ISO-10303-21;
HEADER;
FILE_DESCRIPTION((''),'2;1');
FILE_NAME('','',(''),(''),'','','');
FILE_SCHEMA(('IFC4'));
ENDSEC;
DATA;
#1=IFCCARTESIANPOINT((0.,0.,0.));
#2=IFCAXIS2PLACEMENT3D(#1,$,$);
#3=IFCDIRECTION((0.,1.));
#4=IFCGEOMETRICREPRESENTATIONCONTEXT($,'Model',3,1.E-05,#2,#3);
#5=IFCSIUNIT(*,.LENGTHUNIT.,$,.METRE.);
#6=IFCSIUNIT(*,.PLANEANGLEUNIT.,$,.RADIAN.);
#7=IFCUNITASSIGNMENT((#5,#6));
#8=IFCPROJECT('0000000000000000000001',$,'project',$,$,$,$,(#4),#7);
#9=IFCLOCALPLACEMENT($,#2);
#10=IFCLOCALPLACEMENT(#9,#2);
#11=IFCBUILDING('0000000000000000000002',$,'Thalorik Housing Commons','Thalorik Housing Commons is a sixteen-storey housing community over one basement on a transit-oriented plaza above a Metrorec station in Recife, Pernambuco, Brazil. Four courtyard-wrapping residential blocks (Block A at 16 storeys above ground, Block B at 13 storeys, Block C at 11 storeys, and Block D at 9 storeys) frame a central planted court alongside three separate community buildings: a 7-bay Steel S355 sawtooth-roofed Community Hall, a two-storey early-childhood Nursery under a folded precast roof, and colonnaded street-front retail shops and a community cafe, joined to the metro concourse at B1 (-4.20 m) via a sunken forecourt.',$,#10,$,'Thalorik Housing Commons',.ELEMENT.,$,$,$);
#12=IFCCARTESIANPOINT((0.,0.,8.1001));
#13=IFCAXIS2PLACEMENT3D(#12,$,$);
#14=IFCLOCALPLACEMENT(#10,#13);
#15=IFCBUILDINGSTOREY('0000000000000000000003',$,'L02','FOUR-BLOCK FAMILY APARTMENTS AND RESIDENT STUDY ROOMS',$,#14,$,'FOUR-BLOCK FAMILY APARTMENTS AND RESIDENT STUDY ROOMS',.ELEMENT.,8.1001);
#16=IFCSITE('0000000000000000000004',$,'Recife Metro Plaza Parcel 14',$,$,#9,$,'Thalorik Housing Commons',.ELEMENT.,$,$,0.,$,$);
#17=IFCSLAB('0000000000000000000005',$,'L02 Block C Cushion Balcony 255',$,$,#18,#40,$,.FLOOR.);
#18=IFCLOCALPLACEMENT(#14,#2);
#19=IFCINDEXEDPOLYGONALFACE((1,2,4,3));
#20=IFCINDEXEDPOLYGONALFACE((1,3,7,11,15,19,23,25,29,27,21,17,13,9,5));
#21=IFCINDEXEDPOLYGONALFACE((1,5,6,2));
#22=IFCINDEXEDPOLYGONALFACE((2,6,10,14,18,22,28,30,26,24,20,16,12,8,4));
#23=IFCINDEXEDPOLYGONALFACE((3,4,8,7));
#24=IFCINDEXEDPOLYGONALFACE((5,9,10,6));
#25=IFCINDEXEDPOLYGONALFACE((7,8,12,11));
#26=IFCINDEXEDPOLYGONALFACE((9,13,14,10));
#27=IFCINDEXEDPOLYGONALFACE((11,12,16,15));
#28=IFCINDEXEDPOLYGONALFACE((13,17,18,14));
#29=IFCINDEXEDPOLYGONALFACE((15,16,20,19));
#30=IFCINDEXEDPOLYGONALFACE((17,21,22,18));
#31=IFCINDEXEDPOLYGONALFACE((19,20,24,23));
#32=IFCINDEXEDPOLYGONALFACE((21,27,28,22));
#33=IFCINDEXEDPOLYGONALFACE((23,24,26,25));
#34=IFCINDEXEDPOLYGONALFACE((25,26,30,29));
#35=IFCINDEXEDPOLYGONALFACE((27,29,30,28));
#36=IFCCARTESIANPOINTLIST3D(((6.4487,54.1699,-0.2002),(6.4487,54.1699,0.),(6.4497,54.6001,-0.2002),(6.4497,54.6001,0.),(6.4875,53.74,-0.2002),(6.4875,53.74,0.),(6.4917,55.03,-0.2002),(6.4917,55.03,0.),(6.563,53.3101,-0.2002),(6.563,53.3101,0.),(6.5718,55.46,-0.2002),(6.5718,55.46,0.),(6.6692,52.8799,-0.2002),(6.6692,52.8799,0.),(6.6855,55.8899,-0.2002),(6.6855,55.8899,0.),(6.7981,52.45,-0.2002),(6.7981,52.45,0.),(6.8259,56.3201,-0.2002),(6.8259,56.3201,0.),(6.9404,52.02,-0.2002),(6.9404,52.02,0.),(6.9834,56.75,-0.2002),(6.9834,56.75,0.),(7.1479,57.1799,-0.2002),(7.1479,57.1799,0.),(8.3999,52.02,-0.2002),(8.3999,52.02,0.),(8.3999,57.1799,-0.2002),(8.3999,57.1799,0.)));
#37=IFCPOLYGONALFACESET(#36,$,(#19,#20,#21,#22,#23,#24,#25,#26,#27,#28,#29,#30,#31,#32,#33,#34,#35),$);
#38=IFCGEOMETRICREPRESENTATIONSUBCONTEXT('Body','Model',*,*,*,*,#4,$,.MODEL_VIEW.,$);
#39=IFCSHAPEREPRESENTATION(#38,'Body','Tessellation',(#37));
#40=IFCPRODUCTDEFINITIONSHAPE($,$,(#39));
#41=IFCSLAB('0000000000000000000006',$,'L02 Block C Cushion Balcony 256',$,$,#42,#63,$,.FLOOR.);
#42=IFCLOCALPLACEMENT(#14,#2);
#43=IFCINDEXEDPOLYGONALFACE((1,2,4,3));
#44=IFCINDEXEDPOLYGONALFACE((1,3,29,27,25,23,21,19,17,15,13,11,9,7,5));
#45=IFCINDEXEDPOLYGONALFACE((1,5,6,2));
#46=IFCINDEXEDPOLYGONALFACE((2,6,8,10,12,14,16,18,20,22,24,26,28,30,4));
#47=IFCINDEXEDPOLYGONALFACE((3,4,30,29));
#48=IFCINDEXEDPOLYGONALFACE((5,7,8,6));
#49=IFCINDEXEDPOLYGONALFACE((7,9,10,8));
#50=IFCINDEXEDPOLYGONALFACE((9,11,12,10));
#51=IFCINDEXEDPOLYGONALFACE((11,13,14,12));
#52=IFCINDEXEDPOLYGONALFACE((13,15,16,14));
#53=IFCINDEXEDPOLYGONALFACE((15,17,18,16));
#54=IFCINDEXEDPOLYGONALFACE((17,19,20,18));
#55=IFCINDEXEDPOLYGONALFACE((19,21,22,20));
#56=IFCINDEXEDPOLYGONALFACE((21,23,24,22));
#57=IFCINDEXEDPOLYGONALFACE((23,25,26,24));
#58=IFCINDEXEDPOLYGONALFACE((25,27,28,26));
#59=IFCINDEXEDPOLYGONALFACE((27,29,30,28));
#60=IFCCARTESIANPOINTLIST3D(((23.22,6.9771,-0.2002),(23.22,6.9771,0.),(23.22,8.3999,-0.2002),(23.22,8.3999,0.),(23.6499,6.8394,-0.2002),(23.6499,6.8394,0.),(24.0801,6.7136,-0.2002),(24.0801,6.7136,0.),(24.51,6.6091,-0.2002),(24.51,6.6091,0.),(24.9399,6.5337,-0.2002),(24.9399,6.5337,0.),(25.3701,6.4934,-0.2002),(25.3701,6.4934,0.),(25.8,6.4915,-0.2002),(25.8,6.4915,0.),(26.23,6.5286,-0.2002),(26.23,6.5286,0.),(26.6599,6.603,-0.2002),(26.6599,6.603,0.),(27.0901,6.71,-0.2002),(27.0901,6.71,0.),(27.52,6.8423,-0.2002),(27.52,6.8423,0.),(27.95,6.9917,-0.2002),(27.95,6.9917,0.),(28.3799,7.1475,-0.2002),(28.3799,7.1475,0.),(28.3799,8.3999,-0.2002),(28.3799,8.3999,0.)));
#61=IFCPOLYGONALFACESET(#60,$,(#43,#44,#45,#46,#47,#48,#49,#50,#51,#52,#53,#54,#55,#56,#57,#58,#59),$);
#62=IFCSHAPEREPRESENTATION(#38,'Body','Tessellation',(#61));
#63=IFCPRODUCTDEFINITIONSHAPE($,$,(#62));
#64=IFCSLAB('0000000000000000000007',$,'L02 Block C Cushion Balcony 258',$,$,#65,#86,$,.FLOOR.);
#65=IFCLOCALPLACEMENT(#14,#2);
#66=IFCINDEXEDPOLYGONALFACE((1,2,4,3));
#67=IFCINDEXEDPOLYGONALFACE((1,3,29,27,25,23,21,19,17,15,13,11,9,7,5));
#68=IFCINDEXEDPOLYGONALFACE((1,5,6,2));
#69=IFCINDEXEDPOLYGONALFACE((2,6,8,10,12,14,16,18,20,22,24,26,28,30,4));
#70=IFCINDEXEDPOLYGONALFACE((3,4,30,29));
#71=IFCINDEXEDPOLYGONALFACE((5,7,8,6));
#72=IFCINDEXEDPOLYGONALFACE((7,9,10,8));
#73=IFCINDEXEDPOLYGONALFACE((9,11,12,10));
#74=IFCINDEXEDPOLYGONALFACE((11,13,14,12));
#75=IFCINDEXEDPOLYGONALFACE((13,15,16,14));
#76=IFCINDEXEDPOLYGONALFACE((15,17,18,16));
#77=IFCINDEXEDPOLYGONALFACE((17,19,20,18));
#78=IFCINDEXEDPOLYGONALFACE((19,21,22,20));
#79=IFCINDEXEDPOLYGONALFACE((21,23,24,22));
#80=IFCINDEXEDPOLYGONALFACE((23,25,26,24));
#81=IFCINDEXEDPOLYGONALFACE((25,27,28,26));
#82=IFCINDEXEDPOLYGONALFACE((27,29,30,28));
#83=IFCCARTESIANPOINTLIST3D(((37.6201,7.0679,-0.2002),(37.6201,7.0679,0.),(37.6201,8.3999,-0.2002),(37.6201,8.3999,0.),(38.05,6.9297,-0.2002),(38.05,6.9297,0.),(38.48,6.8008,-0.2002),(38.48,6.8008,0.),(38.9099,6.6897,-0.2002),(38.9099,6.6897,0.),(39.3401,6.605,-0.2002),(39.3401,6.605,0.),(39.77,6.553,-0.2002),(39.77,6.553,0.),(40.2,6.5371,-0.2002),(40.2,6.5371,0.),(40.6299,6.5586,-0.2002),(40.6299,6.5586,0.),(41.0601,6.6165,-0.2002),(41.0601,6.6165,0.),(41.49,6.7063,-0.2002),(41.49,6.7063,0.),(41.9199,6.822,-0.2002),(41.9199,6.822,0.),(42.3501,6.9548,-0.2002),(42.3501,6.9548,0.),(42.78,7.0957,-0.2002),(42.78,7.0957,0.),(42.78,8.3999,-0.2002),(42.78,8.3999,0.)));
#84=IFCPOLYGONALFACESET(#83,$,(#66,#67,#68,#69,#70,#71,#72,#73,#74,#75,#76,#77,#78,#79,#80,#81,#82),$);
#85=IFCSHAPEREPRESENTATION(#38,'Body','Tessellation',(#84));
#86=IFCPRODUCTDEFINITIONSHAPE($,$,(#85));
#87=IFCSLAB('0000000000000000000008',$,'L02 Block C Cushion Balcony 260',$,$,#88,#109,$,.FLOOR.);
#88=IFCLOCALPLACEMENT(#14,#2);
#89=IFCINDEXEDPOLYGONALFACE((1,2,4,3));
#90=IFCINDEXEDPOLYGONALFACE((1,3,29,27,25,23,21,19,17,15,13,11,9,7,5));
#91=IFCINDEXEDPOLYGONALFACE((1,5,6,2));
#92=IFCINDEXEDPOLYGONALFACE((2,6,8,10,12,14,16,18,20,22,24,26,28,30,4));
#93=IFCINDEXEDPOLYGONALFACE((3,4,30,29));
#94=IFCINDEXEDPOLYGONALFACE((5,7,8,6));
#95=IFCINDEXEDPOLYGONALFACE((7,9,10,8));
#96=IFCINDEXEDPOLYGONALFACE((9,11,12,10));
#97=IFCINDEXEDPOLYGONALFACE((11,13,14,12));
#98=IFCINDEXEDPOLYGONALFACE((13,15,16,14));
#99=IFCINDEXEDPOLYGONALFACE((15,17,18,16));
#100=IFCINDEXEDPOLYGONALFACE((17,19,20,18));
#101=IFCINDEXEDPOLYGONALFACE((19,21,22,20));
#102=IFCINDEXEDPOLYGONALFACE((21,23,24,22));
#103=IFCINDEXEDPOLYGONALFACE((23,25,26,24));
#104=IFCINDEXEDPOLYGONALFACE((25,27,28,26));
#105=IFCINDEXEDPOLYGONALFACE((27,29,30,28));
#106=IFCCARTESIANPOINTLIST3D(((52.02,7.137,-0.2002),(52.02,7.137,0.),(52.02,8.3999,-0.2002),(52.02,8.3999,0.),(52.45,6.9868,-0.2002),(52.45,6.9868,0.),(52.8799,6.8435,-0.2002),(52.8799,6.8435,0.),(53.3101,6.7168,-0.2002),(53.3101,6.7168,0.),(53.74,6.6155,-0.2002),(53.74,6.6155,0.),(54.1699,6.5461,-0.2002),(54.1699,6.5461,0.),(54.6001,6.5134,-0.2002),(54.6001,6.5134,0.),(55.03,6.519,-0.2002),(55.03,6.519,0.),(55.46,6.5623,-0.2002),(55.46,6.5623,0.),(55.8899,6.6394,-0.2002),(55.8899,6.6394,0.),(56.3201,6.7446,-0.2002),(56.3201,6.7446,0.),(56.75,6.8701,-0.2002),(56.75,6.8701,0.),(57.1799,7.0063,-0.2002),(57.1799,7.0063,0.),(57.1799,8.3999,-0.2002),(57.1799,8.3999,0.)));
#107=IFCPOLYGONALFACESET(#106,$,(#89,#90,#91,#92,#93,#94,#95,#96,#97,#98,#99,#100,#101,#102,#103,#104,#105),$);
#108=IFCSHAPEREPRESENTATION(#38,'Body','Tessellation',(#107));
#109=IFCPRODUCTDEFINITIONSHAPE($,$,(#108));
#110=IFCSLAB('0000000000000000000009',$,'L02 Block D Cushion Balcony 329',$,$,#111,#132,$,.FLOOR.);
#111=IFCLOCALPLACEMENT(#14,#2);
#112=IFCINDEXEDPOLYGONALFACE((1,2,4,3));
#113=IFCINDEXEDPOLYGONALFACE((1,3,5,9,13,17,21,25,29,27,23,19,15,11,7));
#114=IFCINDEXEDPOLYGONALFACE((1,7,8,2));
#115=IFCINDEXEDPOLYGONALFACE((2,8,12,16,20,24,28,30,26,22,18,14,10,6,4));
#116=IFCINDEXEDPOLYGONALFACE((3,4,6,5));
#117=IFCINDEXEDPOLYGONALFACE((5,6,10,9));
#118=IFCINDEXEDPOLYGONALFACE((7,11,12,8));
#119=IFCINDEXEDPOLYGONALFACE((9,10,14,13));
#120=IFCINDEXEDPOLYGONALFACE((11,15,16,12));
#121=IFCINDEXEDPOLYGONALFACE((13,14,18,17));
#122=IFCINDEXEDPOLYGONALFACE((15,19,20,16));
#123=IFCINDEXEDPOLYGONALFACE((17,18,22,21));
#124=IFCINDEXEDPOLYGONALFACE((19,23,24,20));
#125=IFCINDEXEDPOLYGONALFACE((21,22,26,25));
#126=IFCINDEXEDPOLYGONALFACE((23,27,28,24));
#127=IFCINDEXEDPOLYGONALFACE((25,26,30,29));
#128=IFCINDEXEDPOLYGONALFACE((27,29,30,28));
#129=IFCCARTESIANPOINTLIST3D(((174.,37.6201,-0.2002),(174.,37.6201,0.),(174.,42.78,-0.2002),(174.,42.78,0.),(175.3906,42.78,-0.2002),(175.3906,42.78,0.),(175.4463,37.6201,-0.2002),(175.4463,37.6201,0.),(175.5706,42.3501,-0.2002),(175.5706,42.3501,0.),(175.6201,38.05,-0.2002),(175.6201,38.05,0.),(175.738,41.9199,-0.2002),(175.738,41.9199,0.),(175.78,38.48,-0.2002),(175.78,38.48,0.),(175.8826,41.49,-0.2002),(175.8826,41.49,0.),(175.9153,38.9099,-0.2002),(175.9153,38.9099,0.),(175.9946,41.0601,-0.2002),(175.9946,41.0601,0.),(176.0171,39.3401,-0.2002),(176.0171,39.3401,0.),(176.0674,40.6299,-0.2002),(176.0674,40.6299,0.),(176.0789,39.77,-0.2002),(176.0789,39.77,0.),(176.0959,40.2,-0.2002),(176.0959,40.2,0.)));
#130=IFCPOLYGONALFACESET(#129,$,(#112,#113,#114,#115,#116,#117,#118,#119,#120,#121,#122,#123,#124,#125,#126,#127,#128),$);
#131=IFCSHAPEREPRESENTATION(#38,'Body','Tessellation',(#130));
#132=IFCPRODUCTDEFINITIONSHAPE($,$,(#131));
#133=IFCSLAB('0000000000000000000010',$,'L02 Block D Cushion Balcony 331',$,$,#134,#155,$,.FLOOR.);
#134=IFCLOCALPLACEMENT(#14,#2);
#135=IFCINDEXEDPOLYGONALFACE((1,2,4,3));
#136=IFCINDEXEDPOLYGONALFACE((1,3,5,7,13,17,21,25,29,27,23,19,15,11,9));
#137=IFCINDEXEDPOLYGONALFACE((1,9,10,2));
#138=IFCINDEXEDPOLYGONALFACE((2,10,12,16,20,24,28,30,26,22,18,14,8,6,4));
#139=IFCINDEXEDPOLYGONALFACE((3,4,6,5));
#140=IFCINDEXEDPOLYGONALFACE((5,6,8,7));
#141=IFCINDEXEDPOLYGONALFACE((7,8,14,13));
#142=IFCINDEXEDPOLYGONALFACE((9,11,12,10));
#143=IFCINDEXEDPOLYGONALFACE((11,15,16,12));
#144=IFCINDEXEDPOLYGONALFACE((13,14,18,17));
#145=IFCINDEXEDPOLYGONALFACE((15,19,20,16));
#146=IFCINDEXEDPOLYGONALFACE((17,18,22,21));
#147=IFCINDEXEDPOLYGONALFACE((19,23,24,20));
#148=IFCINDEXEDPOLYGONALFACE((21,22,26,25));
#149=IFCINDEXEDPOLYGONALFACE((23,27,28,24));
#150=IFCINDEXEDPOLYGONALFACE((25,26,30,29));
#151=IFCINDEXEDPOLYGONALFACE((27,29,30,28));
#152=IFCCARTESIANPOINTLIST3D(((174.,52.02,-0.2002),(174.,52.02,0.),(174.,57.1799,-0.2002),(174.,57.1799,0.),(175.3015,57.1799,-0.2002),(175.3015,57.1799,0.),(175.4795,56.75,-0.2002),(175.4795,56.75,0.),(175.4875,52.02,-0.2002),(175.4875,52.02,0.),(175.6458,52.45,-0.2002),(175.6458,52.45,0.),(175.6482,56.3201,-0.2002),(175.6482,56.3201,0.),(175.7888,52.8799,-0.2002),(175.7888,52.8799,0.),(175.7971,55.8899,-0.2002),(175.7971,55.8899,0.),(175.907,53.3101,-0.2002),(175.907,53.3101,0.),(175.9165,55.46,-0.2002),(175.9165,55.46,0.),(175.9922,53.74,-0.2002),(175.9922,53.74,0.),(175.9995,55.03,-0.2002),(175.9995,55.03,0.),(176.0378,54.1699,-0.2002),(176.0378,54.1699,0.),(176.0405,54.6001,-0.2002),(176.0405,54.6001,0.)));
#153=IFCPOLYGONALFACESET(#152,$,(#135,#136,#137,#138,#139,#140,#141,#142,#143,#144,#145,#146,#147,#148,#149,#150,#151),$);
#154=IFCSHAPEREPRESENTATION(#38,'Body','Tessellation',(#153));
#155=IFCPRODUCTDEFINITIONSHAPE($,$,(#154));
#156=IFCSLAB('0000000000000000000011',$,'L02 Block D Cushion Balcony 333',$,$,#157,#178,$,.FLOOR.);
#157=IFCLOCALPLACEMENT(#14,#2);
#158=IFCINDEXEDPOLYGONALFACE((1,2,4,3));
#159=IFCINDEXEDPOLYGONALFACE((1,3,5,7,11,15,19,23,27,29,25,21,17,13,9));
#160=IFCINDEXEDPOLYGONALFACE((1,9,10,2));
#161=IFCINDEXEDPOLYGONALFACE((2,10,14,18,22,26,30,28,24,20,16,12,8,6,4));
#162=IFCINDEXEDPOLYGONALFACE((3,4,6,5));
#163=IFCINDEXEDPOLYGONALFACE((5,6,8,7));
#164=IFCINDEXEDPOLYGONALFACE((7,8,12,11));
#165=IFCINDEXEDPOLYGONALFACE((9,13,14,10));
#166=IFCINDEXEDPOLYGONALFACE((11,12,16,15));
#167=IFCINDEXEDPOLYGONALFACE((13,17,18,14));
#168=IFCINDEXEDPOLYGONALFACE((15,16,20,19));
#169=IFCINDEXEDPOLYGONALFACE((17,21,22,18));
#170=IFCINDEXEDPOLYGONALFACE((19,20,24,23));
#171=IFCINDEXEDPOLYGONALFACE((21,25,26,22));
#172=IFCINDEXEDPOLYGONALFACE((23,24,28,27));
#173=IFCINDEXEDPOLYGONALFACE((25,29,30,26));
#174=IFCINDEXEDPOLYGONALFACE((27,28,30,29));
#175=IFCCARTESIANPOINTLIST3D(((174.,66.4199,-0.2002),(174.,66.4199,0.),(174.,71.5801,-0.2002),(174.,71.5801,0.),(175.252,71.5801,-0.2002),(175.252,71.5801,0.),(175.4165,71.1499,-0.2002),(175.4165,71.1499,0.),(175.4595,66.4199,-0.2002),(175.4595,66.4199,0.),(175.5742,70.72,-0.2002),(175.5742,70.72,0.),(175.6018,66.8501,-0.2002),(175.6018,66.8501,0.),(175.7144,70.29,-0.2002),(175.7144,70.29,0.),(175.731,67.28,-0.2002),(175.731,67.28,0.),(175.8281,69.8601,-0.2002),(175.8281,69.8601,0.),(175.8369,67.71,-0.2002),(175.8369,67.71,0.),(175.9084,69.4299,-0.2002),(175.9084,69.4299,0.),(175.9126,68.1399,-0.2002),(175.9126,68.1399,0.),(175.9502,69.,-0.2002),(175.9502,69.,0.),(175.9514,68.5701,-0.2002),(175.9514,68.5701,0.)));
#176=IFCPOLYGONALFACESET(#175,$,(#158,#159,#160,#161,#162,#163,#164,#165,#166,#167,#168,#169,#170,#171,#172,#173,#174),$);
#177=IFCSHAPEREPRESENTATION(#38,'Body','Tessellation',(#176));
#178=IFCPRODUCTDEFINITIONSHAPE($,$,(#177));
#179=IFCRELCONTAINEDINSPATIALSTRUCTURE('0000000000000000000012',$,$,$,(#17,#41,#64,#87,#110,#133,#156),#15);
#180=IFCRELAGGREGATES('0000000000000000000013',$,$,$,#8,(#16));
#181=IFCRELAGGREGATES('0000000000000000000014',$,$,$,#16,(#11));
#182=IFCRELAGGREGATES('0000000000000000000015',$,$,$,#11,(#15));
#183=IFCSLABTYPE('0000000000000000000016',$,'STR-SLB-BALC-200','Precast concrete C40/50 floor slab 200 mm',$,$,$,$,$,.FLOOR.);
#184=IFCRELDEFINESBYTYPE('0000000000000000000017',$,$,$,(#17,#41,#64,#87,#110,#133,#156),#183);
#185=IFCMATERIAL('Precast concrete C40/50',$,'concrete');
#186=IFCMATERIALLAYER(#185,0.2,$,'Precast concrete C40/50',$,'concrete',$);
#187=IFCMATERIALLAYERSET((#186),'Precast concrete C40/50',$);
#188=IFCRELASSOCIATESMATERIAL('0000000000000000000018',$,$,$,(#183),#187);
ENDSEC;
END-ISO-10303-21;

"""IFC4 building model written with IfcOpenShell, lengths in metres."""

from ifc_helpers import new_model, si_unit, direction, frame, origin, place, context, subcontext, project, spatial, polyline, outline, extrude, material, layer, layer_set, type_object, element, save


model = new_model("IFC4")

# Units and contexts
model_context = context("Model", 3, precision=1e-05, world=origin(), true_north=direction((0.0, 1.0)))
body_context = subcontext(model_context, "Body", "Model", "MODEL_VIEW")
ifc_project = project(units=[si_unit("LENGTHUNIT", "METRE"), si_unit("PLANEANGLEUNIT", "RADIAN")], contexts=[model_context])

# Site, building, storey
site_placement = place(None, origin())
site = spatial("IfcSite", under=ifc_project, at=site_placement, Name="Recife Metro Plaza Parcel 14", LongName="Thalorik Housing Commons", CompositionType="ELEMENT", RefElevation=0.0)
building_placement = place(site_placement, origin())
building = spatial("IfcBuilding", under=site, at=building_placement, Name="Thalorik Housing Commons", Description="Thalorik Housing Commons is a sixteen-storey housing community over one basement on a transit-oriented plaza above a Metrorec station in Recife, Pernambuco, Brazil. Four courtyard-wrapping residential blocks (Block A at 16 storeys above ground, Block B at 13 storeys, Block C at 11 storeys, and Block D at 9 storeys) frame a central planted court alongside three separate community buildings: a 7-bay Steel S355 sawtooth-roofed Community Hall, a two-storey early-childhood Nursery under a folded precast roof, and colonnaded street-front retail shops and a community cafe, joined to the metro concourse at B1 (-4.20 m) via a sunken forecourt.", LongName="Thalorik Housing Commons", CompositionType="ELEMENT")
storey_placement = place(building_placement, frame((0.0, 0.0, 8.1001)))
storey = spatial("IfcBuildingStorey", under=building, at=storey_placement, Name="L02", Description="FOUR-BLOCK FAMILY APARTMENTS AND RESIDENT STUDY ROOMS", LongName="FOUR-BLOCK FAMILY APARTMENTS AND RESIDENT STUDY ROOMS", CompositionType="ELEMENT", Elevation=8.1001)

# Slabs
ifc_material_1 = material(Name="Precast concrete C40/50", Category="concrete")
ifc_layer_1 = layer(ifc_material_1, 0.2, Name="Precast concrete C40/50", Category="concrete")
ifc_layer_set_1 = layer_set([ifc_layer_1], Name="Precast concrete C40/50")
slab_type = type_object("IfcSlabType", Name="STR-SLB-BALC-200", Description="Precast concrete C40/50 floor slab 200 mm", PredefinedType="FLOOR", material=ifc_layer_set_1)
slab_1_placement = place(storey_placement, frame((0.0, 0.0, -0.2002)))
element("IfcSlab", 1, at=slab_1_placement, inside=storey, type_object=slab_type, Name="L02 Block C Cushion Balcony 255", PredefinedType="FLOOR", context=body_context, shape_type="SweptSolid", body=[
    extrude(outline(polyline([(8.3999, 52.02), (8.3999, 57.1799), (7.1479, 57.1799), (6.9834, 56.75), (6.8259, 56.3201), (6.6855, 55.8899), (6.5718, 55.46), (6.4917, 55.03), (6.4497, 54.6001), (6.4487, 54.1699), (6.4875, 53.74), (6.563, 53.3101), (6.6692, 52.8799), (6.7981, 52.45), (6.9404, 52.02), (8.3999, 52.02)])), origin(), (0.0, 0.0, 1.0), 0.2002),
])
slab_2_placement = place(storey_placement, frame((0.0, 0.0, -0.2002)))
element("IfcSlab", 2, at=slab_2_placement, inside=storey, type_object=slab_type, Name="L02 Block C Cushion Balcony 256", PredefinedType="FLOOR", context=body_context, shape_type="SweptSolid", body=[
    extrude(outline(polyline([(23.22, 6.9771), (23.6499, 6.8394), (24.0801, 6.7136), (24.51, 6.6091), (24.9399, 6.5337), (25.3701, 6.4934), (25.8, 6.4915), (26.23, 6.5286), (26.6599, 6.603), (27.0901, 6.71), (27.52, 6.8423), (27.95, 6.9917), (28.3799, 7.1475), (28.3799, 8.3999), (23.22, 8.3999), (23.22, 6.9771)])), origin(), (0.0, 0.0, 1.0), 0.2002),
])
slab_3_placement = place(storey_placement, frame((0.0, 0.0, -0.2002)))
element("IfcSlab", 3, at=slab_3_placement, inside=storey, type_object=slab_type, Name="L02 Block C Cushion Balcony 258", PredefinedType="FLOOR", context=body_context, shape_type="SweptSolid", body=[
    extrude(outline(polyline([(37.6201, 7.0679), (38.05, 6.9297), (38.48, 6.8008), (38.9099, 6.6897), (39.3401, 6.605), (39.77, 6.553), (40.2, 6.5371), (40.6299, 6.5586), (41.0601, 6.6165), (41.49, 6.7063), (41.9199, 6.822), (42.3501, 6.9548), (42.78, 7.0957), (42.78, 8.3999), (37.6201, 8.3999), (37.6201, 7.0679)])), origin(), (0.0, 0.0, 1.0), 0.2002),
])
slab_4_placement = place(storey_placement, frame((0.0, 0.0, -0.2002)))
element("IfcSlab", 4, at=slab_4_placement, inside=storey, type_object=slab_type, Name="L02 Block C Cushion Balcony 260", PredefinedType="FLOOR", context=body_context, shape_type="SweptSolid", body=[
    extrude(outline(polyline([(52.02, 7.137), (52.45, 6.9868), (52.8799, 6.8435), (53.3101, 6.7168), (53.74, 6.6155), (54.1699, 6.5461), (54.6001, 6.5134), (55.03, 6.519), (55.46, 6.5623), (55.8899, 6.6394), (56.3201, 6.7446), (56.75, 6.8701), (57.1799, 7.0063), (57.1799, 8.3999), (52.02, 8.3999), (52.02, 7.137)])), origin(), (0.0, 0.0, 1.0), 0.2002),
])
slab_5_placement = place(storey_placement, frame((0.0, 0.0, -0.2002)))
element("IfcSlab", 5, at=slab_5_placement, inside=storey, type_object=slab_type, Name="L02 Block D Cushion Balcony 329", PredefinedType="FLOOR", context=body_context, shape_type="SweptSolid", body=[
    extrude(outline(polyline([(175.4463, 37.6201), (175.6201, 38.05), (175.78, 38.48), (175.9153, 38.9099), (176.0171, 39.3401), (176.0789, 39.77), (176.0959, 40.2), (176.0674, 40.6299), (175.9946, 41.0601), (175.8826, 41.49), (175.738, 41.9199), (175.5706, 42.3501), (175.3906, 42.78), (174.0, 42.78), (174.0, 37.6201), (175.4463, 37.6201)])), origin(), (0.0, 0.0, 1.0), 0.2002),
])
slab_6_placement = place(storey_placement, frame((0.0, 0.0, -0.2002)))
element("IfcSlab", 6, at=slab_6_placement, inside=storey, type_object=slab_type, Name="L02 Block D Cushion Balcony 331", PredefinedType="FLOOR", context=body_context, shape_type="SweptSolid", body=[
    extrude(outline(polyline([(175.4875, 52.02), (175.6458, 52.45), (175.7888, 52.8799), (175.907, 53.3101), (175.9922, 53.74), (176.0378, 54.1699), (176.0405, 54.6001), (175.9995, 55.03), (175.9165, 55.46), (175.7971, 55.8899), (175.6482, 56.3201), (175.4795, 56.75), (175.3015, 57.1799), (174.0, 57.1799), (174.0, 52.02), (175.4875, 52.02)])), origin(), (0.0, 0.0, 1.0), 0.2002),
])
slab_7_placement = place(storey_placement, frame((0.0, 0.0, -0.2002)))
element("IfcSlab", 7, at=slab_7_placement, inside=storey, type_object=slab_type, Name="L02 Block D Cushion Balcony 333", PredefinedType="FLOOR", context=body_context, shape_type="SweptSolid", body=[
    extrude(outline(polyline([(175.4595, 66.4199), (175.6018, 66.8501), (175.731, 67.28), (175.8369, 67.71), (175.9126, 68.1399), (175.9514, 68.5701), (175.9502, 69.0), (175.9084, 69.4299), (175.8281, 69.8601), (175.7144, 70.29), (175.5742, 70.72), (175.4165, 71.1499), (175.252, 71.5801), (174.0, 71.5801), (174.0, 66.4199), (175.4595, 66.4199)])), origin(), (0.0, 0.0, 1.0), 0.2002),
])

save(model, "model.ifc")
